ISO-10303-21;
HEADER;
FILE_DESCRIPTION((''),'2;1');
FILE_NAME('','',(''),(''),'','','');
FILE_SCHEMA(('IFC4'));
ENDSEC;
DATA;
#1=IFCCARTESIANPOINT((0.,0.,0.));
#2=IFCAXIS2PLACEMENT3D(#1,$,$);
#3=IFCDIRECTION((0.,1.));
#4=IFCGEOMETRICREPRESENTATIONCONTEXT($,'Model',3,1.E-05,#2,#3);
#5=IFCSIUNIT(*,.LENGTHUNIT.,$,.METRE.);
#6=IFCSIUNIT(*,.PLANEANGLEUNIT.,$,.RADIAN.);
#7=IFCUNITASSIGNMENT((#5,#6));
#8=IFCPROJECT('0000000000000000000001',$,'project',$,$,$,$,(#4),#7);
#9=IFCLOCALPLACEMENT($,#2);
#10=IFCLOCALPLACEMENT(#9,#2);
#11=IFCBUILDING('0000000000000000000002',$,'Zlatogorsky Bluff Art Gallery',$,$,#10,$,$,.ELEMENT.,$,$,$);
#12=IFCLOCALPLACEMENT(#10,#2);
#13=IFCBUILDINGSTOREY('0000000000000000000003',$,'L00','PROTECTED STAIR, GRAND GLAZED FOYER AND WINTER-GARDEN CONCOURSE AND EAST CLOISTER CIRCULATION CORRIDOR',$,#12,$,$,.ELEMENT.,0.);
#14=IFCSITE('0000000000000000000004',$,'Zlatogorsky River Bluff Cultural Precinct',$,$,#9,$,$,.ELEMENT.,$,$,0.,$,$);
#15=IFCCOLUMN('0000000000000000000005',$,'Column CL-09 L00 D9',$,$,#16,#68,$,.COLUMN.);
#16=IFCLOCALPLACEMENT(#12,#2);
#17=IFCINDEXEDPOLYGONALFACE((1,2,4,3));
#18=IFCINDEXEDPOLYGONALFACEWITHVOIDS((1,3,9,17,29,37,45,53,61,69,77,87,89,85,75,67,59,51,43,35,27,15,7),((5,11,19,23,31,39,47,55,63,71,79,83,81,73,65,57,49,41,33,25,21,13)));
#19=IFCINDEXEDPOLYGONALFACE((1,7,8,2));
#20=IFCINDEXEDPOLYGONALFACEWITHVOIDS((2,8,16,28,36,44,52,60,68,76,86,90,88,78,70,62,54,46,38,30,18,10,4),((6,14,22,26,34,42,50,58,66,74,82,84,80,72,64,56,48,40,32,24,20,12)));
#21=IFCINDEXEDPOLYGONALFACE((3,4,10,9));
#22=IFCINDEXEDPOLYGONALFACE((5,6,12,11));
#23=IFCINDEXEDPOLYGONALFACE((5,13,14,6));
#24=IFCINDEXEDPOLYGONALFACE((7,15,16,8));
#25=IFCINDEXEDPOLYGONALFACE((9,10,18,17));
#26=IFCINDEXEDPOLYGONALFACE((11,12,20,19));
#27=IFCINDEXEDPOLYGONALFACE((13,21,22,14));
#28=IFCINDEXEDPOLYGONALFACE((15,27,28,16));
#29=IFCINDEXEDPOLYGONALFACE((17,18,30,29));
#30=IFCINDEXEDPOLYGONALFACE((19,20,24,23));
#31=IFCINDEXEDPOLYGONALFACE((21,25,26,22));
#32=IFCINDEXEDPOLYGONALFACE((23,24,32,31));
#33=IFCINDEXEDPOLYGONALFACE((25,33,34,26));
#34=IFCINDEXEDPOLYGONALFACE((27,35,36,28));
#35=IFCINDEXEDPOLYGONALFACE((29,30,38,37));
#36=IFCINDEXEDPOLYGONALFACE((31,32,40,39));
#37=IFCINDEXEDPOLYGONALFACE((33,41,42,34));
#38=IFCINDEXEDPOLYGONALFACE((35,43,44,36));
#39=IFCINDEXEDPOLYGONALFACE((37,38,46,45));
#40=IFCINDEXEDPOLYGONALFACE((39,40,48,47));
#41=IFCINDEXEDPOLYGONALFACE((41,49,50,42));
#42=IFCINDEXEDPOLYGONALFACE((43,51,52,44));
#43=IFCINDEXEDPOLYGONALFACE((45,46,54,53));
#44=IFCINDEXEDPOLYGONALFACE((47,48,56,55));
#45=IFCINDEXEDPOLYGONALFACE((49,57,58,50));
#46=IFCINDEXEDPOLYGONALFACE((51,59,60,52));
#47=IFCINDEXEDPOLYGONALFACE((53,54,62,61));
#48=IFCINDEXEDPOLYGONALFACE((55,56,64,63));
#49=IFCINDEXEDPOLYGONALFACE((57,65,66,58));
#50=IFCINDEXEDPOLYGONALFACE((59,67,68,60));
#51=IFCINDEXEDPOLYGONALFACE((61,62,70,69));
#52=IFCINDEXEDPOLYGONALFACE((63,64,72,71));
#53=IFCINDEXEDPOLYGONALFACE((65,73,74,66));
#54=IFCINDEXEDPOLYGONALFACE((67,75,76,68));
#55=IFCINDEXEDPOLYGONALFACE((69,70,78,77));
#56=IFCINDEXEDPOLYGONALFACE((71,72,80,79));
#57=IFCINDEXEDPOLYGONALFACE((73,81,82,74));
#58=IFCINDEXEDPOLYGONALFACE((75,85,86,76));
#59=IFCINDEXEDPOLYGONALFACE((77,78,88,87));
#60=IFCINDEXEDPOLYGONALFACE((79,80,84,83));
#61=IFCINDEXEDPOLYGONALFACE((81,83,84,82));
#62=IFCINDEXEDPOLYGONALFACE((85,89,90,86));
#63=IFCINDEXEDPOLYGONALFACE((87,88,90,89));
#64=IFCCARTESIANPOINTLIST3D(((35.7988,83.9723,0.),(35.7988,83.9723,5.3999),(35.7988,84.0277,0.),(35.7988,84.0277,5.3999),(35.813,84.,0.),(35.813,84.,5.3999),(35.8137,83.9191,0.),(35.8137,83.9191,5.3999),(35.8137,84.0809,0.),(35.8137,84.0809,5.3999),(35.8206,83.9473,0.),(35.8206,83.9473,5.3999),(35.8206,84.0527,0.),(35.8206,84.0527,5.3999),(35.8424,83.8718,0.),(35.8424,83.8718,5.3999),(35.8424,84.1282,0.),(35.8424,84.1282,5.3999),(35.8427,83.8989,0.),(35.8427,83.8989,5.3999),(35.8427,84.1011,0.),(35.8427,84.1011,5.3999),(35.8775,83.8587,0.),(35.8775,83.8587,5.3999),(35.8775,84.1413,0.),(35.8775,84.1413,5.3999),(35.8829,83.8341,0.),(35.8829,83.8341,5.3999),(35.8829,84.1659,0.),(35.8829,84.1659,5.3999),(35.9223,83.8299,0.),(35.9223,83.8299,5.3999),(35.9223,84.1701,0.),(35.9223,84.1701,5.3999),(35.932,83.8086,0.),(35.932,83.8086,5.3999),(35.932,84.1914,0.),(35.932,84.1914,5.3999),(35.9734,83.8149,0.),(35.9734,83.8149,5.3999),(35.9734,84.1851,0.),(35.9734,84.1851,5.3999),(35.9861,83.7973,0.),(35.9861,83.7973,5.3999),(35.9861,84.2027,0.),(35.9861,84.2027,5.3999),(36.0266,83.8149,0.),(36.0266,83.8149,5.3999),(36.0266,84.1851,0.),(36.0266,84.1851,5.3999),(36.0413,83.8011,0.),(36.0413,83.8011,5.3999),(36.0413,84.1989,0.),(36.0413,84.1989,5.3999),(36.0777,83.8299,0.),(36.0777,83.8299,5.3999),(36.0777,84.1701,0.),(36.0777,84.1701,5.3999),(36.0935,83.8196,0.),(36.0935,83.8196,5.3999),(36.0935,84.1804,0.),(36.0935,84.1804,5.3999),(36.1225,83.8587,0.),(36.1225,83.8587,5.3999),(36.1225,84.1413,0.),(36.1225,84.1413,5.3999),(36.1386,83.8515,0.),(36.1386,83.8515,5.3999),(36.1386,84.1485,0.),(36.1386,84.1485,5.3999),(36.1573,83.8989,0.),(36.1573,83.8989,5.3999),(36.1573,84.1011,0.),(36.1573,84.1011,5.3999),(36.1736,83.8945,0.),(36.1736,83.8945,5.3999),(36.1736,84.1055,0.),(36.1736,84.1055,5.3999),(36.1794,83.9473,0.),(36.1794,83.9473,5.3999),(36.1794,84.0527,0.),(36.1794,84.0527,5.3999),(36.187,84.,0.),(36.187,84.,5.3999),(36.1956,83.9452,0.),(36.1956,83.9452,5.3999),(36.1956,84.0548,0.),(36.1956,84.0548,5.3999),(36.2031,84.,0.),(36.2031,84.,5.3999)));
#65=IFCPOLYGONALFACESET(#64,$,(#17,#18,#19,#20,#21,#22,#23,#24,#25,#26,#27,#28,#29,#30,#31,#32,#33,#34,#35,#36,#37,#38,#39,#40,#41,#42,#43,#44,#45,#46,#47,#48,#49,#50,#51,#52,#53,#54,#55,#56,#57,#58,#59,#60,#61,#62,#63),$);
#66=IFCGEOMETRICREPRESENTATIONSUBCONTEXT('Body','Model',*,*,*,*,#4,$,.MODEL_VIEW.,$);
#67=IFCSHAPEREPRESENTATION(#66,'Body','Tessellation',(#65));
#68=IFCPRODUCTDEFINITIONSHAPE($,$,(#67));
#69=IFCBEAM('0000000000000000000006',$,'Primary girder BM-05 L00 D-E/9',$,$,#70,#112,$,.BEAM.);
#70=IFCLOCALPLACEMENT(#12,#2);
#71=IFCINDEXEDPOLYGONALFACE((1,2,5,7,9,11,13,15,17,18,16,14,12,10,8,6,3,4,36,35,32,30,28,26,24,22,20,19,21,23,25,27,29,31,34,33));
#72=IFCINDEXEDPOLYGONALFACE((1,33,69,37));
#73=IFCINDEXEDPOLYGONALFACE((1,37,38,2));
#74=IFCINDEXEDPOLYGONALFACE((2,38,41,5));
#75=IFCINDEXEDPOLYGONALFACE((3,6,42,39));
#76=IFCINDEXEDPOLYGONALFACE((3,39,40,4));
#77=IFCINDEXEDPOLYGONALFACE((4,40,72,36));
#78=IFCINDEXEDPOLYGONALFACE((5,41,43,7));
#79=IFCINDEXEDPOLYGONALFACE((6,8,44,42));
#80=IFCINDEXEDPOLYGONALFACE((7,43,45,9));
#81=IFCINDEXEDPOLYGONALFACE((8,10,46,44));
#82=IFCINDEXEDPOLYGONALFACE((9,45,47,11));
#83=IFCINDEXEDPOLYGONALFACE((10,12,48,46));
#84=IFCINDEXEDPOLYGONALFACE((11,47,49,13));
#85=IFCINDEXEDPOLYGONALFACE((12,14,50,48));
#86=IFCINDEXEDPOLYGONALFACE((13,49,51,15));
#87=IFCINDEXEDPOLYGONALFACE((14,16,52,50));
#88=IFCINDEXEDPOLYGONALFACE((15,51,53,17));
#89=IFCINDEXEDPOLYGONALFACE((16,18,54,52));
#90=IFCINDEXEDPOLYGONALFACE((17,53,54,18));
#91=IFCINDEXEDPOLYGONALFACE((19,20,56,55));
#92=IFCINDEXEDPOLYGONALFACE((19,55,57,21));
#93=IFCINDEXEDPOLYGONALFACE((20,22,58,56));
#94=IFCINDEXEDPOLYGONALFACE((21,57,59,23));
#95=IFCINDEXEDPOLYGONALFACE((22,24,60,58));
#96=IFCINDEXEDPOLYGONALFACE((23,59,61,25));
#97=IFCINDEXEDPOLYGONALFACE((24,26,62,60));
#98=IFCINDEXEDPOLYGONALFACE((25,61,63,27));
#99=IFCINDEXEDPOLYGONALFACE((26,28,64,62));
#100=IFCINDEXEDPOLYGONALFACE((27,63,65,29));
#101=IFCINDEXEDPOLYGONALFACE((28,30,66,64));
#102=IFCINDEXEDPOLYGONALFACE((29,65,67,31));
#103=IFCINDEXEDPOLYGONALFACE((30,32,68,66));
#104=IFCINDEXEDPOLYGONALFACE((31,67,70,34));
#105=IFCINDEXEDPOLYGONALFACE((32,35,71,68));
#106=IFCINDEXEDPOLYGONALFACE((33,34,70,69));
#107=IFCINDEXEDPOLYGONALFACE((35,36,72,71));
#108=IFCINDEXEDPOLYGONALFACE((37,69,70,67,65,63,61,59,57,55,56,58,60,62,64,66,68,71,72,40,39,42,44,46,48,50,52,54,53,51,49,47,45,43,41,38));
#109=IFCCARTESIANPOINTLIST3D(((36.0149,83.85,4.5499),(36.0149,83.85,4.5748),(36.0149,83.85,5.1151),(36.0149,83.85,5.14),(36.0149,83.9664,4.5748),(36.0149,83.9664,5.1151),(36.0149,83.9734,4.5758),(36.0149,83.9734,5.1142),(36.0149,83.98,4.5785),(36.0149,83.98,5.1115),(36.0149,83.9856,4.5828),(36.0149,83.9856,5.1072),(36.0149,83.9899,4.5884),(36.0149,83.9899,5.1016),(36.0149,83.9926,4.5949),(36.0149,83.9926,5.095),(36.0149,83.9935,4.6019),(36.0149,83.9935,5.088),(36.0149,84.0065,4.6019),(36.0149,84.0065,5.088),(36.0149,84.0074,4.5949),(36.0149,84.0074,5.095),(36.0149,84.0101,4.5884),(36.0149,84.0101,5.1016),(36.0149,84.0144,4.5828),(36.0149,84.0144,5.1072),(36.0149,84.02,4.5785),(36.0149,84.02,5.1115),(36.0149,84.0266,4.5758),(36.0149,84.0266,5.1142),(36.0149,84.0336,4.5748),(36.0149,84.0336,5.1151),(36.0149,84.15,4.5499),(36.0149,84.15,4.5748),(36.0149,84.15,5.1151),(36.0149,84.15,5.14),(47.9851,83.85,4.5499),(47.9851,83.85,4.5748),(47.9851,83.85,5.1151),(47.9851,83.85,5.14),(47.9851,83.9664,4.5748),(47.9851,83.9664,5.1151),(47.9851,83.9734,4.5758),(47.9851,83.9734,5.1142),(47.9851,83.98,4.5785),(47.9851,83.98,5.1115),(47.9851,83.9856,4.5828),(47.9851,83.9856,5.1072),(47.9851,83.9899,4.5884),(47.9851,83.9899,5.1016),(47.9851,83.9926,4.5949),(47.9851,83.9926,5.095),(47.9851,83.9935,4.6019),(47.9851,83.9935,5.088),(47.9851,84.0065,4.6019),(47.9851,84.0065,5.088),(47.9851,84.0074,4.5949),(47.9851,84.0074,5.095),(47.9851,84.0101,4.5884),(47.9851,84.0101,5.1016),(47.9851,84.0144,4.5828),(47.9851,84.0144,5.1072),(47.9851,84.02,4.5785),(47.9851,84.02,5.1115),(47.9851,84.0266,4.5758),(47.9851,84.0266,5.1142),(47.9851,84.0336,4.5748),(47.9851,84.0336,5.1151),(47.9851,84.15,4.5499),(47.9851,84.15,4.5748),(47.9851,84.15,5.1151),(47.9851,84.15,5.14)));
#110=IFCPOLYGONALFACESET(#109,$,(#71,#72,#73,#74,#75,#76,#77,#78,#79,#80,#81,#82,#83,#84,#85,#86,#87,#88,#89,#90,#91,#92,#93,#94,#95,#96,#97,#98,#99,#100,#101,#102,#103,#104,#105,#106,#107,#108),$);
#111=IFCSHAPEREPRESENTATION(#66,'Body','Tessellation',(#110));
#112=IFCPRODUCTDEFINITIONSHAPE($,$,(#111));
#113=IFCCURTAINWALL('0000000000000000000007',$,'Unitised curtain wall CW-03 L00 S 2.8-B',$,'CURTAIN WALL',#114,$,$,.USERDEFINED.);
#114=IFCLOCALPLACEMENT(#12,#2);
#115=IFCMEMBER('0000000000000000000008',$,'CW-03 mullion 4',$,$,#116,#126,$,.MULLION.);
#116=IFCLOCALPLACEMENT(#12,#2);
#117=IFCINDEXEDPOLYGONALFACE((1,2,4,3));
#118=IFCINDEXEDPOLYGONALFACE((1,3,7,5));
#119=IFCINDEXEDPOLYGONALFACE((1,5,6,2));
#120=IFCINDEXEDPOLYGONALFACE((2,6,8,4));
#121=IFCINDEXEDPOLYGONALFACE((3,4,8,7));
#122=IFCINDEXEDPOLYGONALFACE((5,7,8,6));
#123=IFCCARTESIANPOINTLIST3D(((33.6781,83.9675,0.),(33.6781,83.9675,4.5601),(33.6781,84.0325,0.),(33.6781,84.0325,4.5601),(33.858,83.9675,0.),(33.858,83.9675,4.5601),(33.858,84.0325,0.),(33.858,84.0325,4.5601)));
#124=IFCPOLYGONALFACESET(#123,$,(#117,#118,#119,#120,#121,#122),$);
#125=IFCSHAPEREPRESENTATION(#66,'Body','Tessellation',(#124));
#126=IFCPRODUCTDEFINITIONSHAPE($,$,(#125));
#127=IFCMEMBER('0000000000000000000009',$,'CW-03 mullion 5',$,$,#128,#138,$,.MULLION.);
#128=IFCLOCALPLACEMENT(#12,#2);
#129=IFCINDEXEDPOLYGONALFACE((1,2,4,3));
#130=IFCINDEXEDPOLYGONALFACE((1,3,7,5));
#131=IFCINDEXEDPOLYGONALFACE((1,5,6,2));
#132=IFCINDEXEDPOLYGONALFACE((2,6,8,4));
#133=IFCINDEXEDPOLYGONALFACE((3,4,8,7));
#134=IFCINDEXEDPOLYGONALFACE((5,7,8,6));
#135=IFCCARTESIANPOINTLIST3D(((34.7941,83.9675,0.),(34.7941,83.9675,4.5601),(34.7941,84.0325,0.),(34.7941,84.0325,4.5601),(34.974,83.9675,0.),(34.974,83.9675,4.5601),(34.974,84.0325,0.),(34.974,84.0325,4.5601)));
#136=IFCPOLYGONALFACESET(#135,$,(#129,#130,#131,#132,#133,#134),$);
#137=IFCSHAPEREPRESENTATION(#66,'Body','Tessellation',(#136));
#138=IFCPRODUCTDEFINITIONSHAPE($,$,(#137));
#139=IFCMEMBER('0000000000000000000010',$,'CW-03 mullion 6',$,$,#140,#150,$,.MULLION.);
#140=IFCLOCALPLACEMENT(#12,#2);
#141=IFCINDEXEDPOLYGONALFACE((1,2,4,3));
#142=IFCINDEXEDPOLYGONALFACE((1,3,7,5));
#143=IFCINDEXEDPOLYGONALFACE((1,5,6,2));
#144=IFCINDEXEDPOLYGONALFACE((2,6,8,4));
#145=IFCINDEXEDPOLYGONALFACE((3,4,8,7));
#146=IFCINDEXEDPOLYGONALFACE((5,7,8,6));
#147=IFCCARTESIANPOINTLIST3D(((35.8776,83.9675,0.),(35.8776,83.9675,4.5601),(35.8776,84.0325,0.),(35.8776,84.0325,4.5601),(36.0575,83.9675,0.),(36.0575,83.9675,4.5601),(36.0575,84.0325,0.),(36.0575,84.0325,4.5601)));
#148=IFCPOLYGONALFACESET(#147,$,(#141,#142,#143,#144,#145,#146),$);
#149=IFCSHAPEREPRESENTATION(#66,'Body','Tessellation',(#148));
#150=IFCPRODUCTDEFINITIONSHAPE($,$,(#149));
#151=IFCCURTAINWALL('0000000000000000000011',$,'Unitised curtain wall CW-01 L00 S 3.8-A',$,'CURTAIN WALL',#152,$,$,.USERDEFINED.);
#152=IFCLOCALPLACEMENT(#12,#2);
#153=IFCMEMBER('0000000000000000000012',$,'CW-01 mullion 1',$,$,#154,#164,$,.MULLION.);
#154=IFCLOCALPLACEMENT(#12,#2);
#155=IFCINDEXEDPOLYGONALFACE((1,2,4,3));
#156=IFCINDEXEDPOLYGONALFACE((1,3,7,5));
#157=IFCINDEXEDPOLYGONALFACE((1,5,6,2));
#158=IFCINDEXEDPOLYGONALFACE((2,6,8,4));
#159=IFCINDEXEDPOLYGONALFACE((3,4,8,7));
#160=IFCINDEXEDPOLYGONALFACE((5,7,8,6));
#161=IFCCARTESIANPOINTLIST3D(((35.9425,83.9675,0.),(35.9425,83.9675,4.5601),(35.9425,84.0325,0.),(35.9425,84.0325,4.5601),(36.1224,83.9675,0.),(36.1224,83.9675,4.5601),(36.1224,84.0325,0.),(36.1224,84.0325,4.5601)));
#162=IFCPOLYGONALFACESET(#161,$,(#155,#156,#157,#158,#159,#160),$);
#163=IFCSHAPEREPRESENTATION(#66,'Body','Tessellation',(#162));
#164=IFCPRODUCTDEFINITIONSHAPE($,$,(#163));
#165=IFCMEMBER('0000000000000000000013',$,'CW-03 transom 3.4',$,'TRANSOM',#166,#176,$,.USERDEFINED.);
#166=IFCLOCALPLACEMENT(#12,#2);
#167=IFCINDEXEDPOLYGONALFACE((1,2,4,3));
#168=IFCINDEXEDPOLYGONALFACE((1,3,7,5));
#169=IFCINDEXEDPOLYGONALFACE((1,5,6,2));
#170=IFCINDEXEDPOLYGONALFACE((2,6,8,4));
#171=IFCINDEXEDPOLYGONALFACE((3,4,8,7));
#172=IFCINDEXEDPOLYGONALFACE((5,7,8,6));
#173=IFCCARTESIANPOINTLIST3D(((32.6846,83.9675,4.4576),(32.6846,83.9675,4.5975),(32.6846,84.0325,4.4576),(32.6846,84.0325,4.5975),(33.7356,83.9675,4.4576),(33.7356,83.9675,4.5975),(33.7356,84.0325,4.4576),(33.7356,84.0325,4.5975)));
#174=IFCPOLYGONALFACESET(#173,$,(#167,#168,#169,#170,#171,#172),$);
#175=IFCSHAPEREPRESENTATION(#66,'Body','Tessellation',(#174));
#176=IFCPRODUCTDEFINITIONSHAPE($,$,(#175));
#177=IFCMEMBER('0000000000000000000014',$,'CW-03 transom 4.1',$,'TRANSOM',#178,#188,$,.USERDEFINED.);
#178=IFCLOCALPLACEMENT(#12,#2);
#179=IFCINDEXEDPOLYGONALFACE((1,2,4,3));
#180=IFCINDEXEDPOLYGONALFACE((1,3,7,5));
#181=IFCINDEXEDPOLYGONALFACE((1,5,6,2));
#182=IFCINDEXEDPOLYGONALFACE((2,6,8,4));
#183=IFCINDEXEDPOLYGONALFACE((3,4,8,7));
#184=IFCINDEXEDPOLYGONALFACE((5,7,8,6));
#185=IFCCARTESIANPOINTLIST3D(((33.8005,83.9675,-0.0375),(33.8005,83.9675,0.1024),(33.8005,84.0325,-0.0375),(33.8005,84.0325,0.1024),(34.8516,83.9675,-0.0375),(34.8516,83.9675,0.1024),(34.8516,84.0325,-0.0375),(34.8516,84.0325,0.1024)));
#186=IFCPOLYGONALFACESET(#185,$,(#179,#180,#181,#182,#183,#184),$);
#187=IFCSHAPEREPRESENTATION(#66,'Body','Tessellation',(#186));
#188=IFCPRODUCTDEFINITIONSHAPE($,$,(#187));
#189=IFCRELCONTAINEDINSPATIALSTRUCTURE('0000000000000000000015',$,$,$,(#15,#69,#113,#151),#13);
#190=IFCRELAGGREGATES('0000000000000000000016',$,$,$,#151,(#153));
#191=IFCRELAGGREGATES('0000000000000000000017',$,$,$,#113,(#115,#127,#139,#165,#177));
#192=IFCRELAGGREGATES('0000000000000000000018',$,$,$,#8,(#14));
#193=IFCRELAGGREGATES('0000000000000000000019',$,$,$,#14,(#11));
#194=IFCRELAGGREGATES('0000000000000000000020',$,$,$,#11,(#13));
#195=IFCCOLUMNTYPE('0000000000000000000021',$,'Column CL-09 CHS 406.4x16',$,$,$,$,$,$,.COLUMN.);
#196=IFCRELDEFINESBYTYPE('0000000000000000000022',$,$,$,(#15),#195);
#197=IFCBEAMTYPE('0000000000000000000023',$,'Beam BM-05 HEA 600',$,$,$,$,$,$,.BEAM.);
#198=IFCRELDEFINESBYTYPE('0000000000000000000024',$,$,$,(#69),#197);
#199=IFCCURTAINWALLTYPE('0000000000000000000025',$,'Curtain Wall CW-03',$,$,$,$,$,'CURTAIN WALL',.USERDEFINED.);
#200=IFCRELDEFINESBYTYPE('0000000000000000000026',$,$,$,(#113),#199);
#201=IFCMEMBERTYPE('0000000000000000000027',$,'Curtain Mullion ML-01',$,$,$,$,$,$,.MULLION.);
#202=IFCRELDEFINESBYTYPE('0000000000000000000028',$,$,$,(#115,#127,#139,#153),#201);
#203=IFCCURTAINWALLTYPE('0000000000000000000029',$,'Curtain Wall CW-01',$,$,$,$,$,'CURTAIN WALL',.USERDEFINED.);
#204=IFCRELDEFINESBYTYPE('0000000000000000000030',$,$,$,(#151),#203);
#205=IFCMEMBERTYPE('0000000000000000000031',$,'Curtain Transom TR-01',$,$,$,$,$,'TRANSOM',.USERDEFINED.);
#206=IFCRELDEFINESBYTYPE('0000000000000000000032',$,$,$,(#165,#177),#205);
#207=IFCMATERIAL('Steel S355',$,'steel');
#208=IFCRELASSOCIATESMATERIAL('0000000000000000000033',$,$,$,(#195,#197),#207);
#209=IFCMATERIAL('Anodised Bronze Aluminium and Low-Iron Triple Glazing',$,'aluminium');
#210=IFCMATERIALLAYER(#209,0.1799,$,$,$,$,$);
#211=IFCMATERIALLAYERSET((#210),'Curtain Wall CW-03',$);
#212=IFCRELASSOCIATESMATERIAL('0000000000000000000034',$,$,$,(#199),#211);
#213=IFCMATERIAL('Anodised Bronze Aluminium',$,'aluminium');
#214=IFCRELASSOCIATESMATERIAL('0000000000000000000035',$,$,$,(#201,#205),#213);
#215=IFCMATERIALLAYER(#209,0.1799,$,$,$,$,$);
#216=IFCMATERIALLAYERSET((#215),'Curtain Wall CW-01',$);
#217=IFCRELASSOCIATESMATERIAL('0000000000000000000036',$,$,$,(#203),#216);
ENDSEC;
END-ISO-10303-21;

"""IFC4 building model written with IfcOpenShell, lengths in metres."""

from ifc_helpers import new_model, si_unit, direction, frame, origin, origin_2d, place, context, subcontext, project, spatial, rectangle, hollow_circle, i_section, extrude, material, layer, layer_set, material_profile, profile_set, type_object, element, aggregate, save


model = new_model("IFC4")

# Units and contexts
model_context = context("Model", 3, precision=1e-05, world=origin(), true_north=direction((0.0, 1.0)))
body_context = subcontext(model_context, "Body", "Model", "MODEL_VIEW")
ifc_project = project(units=[si_unit("LENGTHUNIT", "METRE"), si_unit("PLANEANGLEUNIT", "RADIAN")], contexts=[model_context])

# Site, building, storey
site_placement = place(None, origin())
site = spatial("IfcSite", under=ifc_project, at=site_placement, Name="Zlatogorsky River Bluff Cultural Precinct", CompositionType="ELEMENT", RefElevation=0.0)
building_placement = place(site_placement, origin())
building = spatial("IfcBuilding", under=site, at=building_placement, Name="Zlatogorsky Bluff Art Gallery", CompositionType="ELEMENT")
storey_placement = place(building_placement, origin())
storey = spatial("IfcBuildingStorey", under=building, at=storey_placement, Name="L00", Description="PROTECTED STAIR, GRAND GLAZED FOYER AND WINTER-GARDEN CONCOURSE AND EAST CLOISTER CIRCULATION CORRIDOR", CompositionType="ELEMENT", Elevation=0.0)

# Column
ifc_material_1 = material(Name="Steel S355", Category="steel")
ifc_material_profile_1 = material_profile(ifc_material_1, hollow_circle(Radius=0.2031, WallThickness=0.0161, at=origin_2d()), Name="CHS 406.4x16")
ifc_profile_set_1 = profile_set([ifc_material_profile_1], Name="Steel S355")
column_type = type_object("IfcColumnType", Name="Column CL-09 CHS 406.4x16", PredefinedType="COLUMN", material=ifc_profile_set_1)
column_placement = place(storey_placement, frame((36.0, 84.0, 0.0), z_axis=(0.0, 0.0, 1.0), x_axis=(1.0, 0.0, 0.0)))
element("IfcColumn", 1, at=column_placement, inside=storey, type_object=column_type, Name="Column CL-09 L00 D9", PredefinedType="COLUMN", context=body_context, shape_type="SweptSolid", body=[
    extrude(hollow_circle(Radius=0.2031, WallThickness=0.0161, at=origin_2d()), origin(), (0.0, 0.0, 1.0), 5.3999),
])

# Beam
ifc_material_profile_2 = material_profile(ifc_material_1, i_section(OverallWidth=0.3, OverallDepth=0.5901, WebThickness=0.0129, FlangeThickness=0.0249, FilletRadius=0.0271, at=origin_2d()), Name="HEA 600")
ifc_profile_set_2 = profile_set([ifc_material_profile_2], Name="Steel S355")
beam_type = type_object("IfcBeamType", Name="Beam BM-05 HEA 600", PredefinedType="BEAM", material=ifc_profile_set_2)
beam_placement = place(storey_placement, frame((36.0149, 84.0, 4.845), z_axis=(1.0, 0.0, 0.0), x_axis=(0.0, 1.0, 0.0)))
element("IfcBeam", 2, at=beam_placement, inside=storey, type_object=beam_type, Name="Primary girder BM-05 L00 D-E/9", PredefinedType="BEAM", context=body_context, shape_type="SweptSolid", body=[
    extrude(i_section(OverallWidth=0.3, OverallDepth=0.5901, WebThickness=0.0129, FlangeThickness=0.0249, FilletRadius=0.0271, at=origin_2d()), origin(), (0.0, 0.0, 1.0), 11.9702),
])

# Curtain wall, members
ifc_material_2 = material(Name="Anodised Bronze Aluminium and Low-Iron Triple Glazing", Category="aluminium")
ifc_layer_1 = layer(ifc_material_2, 0.1799)
ifc_layer_set_1 = layer_set([ifc_layer_1], Name="Curtain Wall CW-03")
curtain_wall_type_1 = type_object("IfcCurtainWallType", Name="Curtain Wall CW-03", ElementType="CURTAIN WALL", PredefinedType="USERDEFINED", material=ifc_layer_set_1)
curtain_wall_1_placement = place(storey_placement, origin())
curtain_wall_1 = element("IfcCurtainWall", 3, at=curtain_wall_1_placement, inside=storey, type_object=curtain_wall_type_1, Name="Unitised curtain wall CW-03 L00 S 2.8-B", ObjectType="CURTAIN WALL", PredefinedType="USERDEFINED")
ifc_material_3 = material(Name="Anodised Bronze Aluminium", Category="aluminium")
ifc_material_profile_3 = material_profile(ifc_material_3, rectangle(XDim=0.0649, YDim=0.1799, at=origin_2d()), Name="ALU MULLION 65x180")
ifc_profile_set_3 = profile_set([ifc_material_profile_3], Name="Anodised Bronze Aluminium")
member_type_1 = type_object("IfcMemberType", Name="Curtain Mullion ML-01", PredefinedType="MULLION", material=ifc_profile_set_3)
member_1_placement = place(storey_placement, frame((33.7681, 84.0, 0.0), z_axis=(0.0, 0.0, 1.0), x_axis=(0.0, 1.0, 0.0)))
member_1 = element("IfcMember", 4, at=member_1_placement, type_object=member_type_1, Name="CW-03 mullion 4", PredefinedType="MULLION", context=body_context, shape_type="SweptSolid", body=[
    extrude(rectangle(XDim=0.0649, YDim=0.1799, at=origin_2d()), origin(), (0.0, 0.0, 1.0), 4.5601),
])
member_2_placement = place(storey_placement, frame((34.884, 84.0, 0.0), z_axis=(0.0, 0.0, 1.0), x_axis=(0.0, 1.0, 0.0)))
member_2 = element("IfcMember", 5, at=member_2_placement, type_object=member_type_1, Name="CW-03 mullion 5", PredefinedType="MULLION", context=body_context, shape_type="SweptSolid", body=[
    extrude(rectangle(XDim=0.0649, YDim=0.1799, at=origin_2d()), origin(), (0.0, 0.0, 1.0), 4.5601),
])
member_3_placement = place(storey_placement, frame((35.9675, 84.0, 0.0), z_axis=(0.0, 0.0, 1.0), x_axis=(0.0, 1.0, 0.0)))
member_3 = element("IfcMember", 6, at=member_3_placement, type_object=member_type_1, Name="CW-03 mullion 6", PredefinedType="MULLION", context=body_context, shape_type="SweptSolid", body=[
    extrude(rectangle(XDim=0.0649, YDim=0.1799, at=origin_2d()), origin(), (0.0, 0.0, 1.0), 4.5601),
])

# Curtain wall, member
ifc_layer_2 = layer(ifc_material_2, 0.1799)
ifc_layer_set_2 = layer_set([ifc_layer_2], Name="Curtain Wall CW-01")
curtain_wall_type_2 = type_object("IfcCurtainWallType", Name="Curtain Wall CW-01", ElementType="CURTAIN WALL", PredefinedType="USERDEFINED", material=ifc_layer_set_2)
curtain_wall_2_placement = place(storey_placement, origin())
curtain_wall_2 = element("IfcCurtainWall", 7, at=curtain_wall_2_placement, inside=storey, type_object=curtain_wall_type_2, Name="Unitised curtain wall CW-01 L00 S 3.8-A", ObjectType="CURTAIN WALL", PredefinedType="USERDEFINED")
member_4_placement = place(storey_placement, frame((36.0325, 84.0, 0.0), z_axis=(0.0, 0.0, 1.0), x_axis=(0.0, 1.0, 0.0)))
member_4 = element("IfcMember", 8, at=member_4_placement, type_object=member_type_1, Name="CW-01 mullion 1", PredefinedType="MULLION", context=body_context, shape_type="SweptSolid", body=[
    extrude(rectangle(XDim=0.0649, YDim=0.1799, at=origin_2d()), origin(), (0.0, 0.0, 1.0), 4.5601),
])

# Members
ifc_material_profile_4 = material_profile(ifc_material_3, rectangle(XDim=0.0649, YDim=0.1399, at=origin_2d()), Name="ALU TRANSOM 65x140")
ifc_profile_set_4 = profile_set([ifc_material_profile_4], Name="Anodised Bronze Aluminium")
member_type_2 = type_object("IfcMemberType", Name="Curtain Transom TR-01", ElementType="TRANSOM", PredefinedType="USERDEFINED", material=ifc_profile_set_4)
member_5_placement = place(storey_placement, frame((32.6846, 84.0, 4.5276), z_axis=(1.0, 0.0, 0.0), x_axis=(0.0, 1.0, 0.0)))
member_5 = element("IfcMember", 9, at=member_5_placement, type_object=member_type_2, Name="CW-03 transom 3.4", ObjectType="TRANSOM", PredefinedType="USERDEFINED", context=body_context, shape_type="SweptSolid", body=[
    extrude(rectangle(XDim=0.0649, YDim=0.1399, at=origin_2d()), origin(), (0.0, 0.0, 1.0), 1.051),
])
member_6_placement = place(storey_placement, frame((33.8005, 84.0, 0.0325), z_axis=(1.0, 0.0, 0.0), x_axis=(0.0, 1.0, 0.0)))
member_6 = element("IfcMember", 10, at=member_6_placement, type_object=member_type_2, Name="CW-03 transom 4.1", ObjectType="TRANSOM", PredefinedType="USERDEFINED", context=body_context, shape_type="SweptSolid", body=[
    extrude(rectangle(XDim=0.0649, YDim=0.1399, at=origin_2d()), origin(), (0.0, 0.0, 1.0), 1.051),
])
aggregate(curtain_wall_2, [member_4])

aggregate(curtain_wall_1, [member_1, member_2, member_3, member_5, member_6])

save(model, "model.ifc")
